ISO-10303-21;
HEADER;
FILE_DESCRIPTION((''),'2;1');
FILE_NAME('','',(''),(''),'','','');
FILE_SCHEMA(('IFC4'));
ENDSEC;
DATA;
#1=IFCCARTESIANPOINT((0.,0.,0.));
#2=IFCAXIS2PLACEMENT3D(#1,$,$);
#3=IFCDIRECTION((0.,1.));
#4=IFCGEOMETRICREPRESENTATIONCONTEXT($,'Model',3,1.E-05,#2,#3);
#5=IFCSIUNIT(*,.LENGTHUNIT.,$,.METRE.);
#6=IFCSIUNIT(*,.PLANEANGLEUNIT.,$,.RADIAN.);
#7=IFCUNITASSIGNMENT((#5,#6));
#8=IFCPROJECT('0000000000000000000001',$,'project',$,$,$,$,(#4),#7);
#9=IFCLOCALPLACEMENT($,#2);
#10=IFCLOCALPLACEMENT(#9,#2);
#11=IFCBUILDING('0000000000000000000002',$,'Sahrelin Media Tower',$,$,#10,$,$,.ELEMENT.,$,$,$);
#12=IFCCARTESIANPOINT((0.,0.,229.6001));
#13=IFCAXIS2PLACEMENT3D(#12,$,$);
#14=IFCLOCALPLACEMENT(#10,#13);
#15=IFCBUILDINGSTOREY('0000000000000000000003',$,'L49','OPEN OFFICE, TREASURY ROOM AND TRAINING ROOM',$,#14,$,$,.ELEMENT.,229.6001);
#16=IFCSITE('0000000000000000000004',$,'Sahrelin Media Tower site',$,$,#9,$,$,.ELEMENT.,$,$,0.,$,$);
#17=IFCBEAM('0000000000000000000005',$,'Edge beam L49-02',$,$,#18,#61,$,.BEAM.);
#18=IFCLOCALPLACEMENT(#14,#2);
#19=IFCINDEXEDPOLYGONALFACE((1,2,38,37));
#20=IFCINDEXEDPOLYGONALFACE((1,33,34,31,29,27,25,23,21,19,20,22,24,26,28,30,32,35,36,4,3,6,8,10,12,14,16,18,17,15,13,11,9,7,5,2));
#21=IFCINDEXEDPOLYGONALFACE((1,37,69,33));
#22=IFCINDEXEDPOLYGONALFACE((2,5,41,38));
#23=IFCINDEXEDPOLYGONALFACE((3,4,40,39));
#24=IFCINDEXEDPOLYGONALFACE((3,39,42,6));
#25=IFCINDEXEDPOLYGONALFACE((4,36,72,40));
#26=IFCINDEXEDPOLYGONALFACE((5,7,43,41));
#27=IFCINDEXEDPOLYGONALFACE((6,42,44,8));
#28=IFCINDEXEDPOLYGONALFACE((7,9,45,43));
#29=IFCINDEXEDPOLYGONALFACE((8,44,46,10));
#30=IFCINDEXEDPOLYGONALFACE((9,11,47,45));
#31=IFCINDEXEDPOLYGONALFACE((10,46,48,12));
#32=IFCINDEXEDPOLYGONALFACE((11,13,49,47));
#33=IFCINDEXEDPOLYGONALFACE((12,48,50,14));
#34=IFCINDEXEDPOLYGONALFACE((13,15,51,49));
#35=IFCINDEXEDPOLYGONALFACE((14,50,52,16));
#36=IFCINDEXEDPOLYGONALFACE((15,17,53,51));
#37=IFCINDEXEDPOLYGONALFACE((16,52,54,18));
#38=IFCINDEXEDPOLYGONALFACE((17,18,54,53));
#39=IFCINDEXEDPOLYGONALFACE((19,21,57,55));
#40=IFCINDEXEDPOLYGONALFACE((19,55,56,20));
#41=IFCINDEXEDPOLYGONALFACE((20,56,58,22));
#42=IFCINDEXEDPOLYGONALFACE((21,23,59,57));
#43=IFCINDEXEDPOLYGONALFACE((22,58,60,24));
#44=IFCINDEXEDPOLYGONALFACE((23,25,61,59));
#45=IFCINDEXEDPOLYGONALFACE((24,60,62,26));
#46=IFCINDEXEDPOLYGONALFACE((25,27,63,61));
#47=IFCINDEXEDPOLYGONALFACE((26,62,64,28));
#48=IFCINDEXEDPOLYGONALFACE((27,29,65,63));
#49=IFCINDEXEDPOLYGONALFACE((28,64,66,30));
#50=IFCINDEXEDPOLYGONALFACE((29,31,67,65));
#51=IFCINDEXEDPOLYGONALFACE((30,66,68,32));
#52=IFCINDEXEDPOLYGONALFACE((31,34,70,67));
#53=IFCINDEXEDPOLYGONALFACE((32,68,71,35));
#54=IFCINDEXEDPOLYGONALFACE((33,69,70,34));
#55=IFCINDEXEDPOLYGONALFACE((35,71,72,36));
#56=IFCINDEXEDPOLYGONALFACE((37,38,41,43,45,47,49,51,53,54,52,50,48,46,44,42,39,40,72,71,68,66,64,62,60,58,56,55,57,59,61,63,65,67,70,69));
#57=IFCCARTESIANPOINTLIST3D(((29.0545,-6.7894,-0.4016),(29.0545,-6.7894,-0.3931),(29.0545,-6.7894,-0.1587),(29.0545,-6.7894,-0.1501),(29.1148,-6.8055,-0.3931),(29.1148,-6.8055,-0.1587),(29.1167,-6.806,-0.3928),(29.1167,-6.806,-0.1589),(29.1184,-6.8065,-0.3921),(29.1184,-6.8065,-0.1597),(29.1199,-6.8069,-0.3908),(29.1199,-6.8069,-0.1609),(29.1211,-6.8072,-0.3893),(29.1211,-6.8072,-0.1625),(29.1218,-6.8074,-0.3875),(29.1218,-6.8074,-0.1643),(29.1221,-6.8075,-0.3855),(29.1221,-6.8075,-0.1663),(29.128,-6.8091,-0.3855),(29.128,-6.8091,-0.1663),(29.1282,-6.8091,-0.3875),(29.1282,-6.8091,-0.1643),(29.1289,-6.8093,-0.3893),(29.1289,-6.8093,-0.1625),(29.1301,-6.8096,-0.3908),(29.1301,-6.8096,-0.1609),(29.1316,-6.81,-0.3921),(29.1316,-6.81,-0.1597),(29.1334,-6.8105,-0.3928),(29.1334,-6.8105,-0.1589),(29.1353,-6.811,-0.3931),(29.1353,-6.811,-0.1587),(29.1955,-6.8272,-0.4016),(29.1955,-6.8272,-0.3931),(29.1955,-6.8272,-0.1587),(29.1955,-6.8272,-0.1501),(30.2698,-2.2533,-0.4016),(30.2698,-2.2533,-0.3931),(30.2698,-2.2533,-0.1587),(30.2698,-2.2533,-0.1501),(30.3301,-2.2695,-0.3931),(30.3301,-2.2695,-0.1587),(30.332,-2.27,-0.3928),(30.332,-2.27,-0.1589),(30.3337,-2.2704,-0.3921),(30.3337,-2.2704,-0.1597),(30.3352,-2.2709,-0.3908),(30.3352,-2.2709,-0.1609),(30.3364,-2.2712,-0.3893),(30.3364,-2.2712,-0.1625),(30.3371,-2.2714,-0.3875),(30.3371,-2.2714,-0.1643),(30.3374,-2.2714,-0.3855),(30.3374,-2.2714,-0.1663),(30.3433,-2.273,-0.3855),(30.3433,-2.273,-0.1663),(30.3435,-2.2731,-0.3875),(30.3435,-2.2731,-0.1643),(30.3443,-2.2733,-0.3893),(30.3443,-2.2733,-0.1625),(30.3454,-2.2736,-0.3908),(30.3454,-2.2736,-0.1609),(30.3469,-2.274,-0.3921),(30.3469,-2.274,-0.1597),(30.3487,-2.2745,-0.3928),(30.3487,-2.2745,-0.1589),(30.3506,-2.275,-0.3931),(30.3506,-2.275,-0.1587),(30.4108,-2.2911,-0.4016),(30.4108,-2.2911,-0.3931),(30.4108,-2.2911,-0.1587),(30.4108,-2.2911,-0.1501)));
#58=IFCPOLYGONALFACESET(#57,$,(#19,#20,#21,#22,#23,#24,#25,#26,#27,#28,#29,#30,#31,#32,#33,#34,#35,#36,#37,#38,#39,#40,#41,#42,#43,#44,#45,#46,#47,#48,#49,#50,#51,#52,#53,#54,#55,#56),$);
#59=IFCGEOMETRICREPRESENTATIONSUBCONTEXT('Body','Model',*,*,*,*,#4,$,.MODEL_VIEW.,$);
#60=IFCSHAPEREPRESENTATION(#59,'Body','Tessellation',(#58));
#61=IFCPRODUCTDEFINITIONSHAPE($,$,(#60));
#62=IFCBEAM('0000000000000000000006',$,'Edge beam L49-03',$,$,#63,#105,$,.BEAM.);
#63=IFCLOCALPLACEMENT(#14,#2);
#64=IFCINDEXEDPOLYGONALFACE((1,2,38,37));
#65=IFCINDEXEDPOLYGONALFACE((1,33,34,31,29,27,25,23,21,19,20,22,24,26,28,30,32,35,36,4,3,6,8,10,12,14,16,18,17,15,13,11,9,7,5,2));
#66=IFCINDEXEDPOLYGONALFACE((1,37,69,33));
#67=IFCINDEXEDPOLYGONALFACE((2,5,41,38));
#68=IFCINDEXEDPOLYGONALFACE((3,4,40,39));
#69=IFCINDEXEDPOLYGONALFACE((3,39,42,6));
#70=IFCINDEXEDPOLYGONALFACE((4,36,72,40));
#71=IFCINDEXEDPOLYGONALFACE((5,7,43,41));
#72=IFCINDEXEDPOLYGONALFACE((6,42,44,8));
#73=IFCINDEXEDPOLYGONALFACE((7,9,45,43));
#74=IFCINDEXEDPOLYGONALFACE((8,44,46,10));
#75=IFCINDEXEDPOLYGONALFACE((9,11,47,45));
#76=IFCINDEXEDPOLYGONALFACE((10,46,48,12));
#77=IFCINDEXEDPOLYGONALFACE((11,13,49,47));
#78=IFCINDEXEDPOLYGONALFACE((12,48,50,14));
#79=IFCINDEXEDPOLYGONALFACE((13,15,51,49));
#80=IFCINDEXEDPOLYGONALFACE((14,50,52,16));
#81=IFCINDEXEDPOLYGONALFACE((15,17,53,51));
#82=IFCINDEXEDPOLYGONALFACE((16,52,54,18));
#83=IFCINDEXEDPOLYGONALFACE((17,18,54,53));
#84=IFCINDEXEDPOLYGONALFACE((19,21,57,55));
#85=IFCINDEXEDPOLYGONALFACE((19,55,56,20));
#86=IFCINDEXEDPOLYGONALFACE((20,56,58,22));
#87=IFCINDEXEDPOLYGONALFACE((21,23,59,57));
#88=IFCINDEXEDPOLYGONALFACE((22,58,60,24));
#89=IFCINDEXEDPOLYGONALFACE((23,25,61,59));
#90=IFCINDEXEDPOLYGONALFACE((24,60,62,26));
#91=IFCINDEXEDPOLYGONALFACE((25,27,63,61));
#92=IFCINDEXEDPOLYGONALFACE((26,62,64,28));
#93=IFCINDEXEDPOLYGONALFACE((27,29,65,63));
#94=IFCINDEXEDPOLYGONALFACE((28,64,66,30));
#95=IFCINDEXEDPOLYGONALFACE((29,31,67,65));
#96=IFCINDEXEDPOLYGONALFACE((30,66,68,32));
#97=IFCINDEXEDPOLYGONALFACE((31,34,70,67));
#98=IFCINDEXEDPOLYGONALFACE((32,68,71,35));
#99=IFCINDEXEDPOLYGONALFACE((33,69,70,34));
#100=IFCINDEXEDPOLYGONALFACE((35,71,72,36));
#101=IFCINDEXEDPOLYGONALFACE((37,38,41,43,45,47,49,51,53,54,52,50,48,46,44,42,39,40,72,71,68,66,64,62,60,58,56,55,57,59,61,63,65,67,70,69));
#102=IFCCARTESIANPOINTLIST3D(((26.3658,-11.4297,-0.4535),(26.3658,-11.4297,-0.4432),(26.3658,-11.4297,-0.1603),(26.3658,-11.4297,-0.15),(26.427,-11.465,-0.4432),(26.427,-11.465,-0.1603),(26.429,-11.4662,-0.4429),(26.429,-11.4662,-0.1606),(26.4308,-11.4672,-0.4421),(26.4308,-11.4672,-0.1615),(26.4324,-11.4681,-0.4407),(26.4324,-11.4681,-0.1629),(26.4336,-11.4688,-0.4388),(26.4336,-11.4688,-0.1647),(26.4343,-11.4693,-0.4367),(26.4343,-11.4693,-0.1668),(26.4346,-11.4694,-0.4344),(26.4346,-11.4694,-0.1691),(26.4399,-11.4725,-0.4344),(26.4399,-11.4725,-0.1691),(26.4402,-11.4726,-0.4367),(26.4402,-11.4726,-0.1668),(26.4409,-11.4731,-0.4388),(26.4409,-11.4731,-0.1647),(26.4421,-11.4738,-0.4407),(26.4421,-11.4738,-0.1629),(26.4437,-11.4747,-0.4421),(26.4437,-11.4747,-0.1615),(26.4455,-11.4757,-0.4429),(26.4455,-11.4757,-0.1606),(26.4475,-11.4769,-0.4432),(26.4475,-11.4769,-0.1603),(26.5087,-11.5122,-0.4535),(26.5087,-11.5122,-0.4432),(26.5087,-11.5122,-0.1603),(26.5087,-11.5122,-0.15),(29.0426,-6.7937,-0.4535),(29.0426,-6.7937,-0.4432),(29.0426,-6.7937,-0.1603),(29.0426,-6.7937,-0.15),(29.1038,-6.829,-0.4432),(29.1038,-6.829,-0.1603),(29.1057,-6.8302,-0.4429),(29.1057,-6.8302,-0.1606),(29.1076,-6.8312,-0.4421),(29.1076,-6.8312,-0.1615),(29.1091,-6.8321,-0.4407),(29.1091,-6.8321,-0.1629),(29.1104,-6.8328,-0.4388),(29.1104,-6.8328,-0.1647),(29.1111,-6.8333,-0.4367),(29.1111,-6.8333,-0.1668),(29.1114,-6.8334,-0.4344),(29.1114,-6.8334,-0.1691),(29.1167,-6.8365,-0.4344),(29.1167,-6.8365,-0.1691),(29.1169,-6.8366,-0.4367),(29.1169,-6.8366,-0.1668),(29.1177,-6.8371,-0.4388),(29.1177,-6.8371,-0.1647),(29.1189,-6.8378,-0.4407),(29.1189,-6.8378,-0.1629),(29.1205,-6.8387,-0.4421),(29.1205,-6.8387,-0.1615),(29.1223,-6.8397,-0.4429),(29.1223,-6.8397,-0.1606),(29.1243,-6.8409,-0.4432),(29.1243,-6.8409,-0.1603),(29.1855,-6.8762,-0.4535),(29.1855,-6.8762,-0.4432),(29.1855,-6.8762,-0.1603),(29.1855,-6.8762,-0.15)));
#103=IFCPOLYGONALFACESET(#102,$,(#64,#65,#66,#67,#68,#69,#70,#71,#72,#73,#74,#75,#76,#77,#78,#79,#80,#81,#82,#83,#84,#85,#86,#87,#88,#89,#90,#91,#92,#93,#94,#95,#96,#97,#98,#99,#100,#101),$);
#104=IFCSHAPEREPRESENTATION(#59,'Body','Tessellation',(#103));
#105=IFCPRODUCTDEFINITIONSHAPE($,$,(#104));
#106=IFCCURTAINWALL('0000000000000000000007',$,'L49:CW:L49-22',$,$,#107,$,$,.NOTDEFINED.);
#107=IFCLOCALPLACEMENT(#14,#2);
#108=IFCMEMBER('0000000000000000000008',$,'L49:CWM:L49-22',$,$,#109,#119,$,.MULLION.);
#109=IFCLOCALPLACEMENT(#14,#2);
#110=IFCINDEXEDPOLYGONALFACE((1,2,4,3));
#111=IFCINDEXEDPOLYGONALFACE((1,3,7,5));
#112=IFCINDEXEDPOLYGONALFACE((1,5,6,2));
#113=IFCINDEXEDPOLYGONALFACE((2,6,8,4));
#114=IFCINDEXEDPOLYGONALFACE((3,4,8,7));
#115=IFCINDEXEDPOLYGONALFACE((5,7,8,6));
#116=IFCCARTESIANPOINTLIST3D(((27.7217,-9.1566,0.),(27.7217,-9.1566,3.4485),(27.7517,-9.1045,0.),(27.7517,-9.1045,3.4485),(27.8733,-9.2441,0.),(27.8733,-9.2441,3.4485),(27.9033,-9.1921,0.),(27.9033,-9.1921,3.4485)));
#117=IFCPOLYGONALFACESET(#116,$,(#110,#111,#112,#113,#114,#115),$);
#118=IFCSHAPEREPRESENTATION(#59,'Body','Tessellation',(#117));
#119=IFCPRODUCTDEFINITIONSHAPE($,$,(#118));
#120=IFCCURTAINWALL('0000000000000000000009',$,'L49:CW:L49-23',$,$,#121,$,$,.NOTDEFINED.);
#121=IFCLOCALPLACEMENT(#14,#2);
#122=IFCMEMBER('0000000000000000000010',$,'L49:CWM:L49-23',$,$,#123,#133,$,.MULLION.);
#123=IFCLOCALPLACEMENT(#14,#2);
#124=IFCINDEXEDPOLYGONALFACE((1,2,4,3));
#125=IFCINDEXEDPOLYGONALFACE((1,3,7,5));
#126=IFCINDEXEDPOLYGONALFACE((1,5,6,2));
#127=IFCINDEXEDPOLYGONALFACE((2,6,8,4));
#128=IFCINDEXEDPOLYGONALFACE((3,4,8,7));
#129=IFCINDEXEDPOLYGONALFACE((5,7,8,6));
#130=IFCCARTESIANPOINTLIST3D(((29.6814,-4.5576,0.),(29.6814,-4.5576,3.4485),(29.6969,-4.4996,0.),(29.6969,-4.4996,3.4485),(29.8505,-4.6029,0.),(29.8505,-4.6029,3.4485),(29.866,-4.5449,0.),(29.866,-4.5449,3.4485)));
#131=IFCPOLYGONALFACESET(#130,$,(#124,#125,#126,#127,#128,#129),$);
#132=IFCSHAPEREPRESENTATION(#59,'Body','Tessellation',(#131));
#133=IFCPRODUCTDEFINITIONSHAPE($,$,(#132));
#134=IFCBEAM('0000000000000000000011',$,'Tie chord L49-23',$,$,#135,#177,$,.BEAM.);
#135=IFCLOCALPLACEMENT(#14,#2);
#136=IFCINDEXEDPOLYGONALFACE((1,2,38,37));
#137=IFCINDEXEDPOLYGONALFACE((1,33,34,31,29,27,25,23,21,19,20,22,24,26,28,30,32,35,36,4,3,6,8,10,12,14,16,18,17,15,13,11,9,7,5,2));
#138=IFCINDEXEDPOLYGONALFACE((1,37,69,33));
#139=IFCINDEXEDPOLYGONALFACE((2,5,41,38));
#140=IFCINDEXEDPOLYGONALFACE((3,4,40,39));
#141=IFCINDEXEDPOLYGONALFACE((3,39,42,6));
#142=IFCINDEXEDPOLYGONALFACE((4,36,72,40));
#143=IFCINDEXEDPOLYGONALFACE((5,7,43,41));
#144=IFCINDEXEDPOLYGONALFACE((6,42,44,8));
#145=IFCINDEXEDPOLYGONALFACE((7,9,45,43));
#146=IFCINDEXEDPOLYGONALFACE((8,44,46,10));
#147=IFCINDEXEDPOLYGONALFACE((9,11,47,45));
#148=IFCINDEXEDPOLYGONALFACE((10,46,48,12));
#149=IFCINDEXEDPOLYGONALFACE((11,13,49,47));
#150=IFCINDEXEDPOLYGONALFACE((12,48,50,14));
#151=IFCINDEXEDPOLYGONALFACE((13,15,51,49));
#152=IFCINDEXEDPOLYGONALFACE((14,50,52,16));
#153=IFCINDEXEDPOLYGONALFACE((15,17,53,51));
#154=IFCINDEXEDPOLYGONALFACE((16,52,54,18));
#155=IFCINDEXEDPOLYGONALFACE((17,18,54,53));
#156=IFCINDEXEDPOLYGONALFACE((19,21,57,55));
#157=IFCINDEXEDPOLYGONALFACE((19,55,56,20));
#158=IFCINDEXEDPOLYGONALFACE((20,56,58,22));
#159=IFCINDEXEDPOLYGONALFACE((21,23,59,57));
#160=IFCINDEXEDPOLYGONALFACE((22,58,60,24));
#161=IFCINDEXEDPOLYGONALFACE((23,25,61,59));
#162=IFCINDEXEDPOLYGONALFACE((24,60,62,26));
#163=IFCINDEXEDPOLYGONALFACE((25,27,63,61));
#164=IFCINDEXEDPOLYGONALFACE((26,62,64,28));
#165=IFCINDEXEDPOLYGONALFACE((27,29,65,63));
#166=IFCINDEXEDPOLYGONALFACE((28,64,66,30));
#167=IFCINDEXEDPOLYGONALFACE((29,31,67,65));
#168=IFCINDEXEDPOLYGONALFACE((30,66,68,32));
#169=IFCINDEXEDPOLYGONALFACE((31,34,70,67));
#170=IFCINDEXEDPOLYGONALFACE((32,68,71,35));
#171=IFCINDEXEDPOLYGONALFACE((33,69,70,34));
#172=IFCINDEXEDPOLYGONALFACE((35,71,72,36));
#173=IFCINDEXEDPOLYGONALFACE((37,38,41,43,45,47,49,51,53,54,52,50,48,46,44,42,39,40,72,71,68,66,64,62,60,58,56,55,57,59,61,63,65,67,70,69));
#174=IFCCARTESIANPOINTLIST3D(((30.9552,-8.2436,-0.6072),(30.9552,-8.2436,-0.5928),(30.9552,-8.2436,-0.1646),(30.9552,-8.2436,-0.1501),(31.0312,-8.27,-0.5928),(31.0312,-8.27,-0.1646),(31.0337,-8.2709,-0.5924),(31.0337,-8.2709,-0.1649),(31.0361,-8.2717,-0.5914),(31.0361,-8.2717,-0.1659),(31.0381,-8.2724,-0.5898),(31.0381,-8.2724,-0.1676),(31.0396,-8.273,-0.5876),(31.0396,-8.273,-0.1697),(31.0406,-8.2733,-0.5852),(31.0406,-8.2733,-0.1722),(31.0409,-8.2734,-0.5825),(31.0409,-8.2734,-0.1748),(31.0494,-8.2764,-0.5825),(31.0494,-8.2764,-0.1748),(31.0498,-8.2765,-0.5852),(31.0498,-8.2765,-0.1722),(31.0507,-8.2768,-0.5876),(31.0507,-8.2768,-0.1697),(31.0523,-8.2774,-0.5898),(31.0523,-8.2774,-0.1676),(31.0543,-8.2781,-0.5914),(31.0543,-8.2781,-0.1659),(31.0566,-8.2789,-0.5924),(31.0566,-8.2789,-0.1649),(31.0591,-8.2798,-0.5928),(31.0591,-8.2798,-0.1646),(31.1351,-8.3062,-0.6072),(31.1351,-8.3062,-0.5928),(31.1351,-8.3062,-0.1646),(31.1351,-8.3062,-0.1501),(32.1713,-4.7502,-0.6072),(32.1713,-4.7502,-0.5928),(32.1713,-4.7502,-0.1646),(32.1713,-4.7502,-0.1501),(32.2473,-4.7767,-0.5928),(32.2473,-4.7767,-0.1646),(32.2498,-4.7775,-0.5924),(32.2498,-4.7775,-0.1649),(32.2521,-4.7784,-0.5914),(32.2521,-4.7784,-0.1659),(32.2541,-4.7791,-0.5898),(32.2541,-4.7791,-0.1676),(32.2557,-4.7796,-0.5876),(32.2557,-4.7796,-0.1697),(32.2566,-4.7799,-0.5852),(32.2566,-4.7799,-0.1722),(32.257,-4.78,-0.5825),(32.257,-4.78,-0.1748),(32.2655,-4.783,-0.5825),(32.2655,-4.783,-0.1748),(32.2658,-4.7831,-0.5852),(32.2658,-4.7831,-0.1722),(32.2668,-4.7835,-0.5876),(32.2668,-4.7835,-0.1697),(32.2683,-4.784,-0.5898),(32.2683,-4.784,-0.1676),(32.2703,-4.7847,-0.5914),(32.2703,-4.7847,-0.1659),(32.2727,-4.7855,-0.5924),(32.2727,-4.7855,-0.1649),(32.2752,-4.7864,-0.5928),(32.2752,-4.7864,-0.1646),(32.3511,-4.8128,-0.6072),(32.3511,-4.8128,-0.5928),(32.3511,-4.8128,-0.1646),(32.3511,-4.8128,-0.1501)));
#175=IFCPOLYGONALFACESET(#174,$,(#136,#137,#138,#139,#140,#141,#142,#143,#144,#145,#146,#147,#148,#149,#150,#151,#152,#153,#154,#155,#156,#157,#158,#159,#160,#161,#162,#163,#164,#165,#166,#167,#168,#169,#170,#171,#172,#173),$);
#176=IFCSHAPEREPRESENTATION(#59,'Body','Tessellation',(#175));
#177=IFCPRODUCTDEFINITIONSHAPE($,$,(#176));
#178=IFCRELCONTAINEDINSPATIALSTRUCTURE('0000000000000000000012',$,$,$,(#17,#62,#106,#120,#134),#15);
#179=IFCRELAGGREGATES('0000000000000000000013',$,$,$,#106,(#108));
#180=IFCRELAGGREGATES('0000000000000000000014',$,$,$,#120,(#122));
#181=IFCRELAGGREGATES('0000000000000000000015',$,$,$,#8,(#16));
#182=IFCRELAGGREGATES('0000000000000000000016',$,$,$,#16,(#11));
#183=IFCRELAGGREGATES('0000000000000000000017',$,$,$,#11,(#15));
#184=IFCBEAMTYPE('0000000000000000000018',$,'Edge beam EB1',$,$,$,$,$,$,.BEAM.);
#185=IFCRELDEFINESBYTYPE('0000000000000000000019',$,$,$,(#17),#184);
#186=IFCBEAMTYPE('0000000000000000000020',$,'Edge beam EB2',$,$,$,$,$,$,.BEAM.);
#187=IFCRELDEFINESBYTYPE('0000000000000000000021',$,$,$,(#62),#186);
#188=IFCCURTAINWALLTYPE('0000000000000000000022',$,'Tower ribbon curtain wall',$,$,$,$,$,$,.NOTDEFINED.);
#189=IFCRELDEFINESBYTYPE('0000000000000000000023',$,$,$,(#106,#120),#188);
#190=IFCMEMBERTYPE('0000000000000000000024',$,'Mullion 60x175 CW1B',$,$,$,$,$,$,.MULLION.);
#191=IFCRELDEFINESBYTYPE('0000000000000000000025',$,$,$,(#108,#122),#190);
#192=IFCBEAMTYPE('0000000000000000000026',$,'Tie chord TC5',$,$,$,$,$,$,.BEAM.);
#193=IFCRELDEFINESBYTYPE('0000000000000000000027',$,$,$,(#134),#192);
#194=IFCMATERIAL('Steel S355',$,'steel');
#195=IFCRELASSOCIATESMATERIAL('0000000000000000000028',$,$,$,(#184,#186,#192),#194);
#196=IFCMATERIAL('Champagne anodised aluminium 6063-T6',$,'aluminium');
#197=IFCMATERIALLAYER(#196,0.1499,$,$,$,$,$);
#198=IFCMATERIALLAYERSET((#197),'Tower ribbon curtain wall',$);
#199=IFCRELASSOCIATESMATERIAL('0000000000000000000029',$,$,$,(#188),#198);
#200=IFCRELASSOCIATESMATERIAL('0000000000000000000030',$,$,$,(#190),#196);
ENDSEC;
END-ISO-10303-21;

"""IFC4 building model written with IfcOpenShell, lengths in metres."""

from ifc_helpers import new_model, si_unit, direction, frame, origin, origin_2d, place, context, subcontext, project, spatial, rectangle, i_section, extrude, material, layer, layer_set, material_profile, profile_set, type_object, element, aggregate, save


model = new_model("IFC4")

# Units and contexts
model_context = context("Model", 3, precision=1e-05, world=origin(), true_north=direction((0.0, 1.0)))
body_context = subcontext(model_context, "Body", "Model", "MODEL_VIEW")
ifc_project = project(units=[si_unit("LENGTHUNIT", "METRE"), si_unit("PLANEANGLEUNIT", "RADIAN")], contexts=[model_context])

# Site, building, storey
site_placement = place(None, origin())
site = spatial("IfcSite", under=ifc_project, at=site_placement, Name="Sahrelin Media Tower site", CompositionType="ELEMENT", RefElevation=0.0)
building_placement = place(site_placement, origin())
building = spatial("IfcBuilding", under=site, at=building_placement, Name="Sahrelin Media Tower", CompositionType="ELEMENT")
storey_placement = place(building_placement, frame((0.0, 0.0, 229.6001)))
storey = spatial("IfcBuildingStorey", under=building, at=storey_placement, Name="L49", Description="OPEN OFFICE, TREASURY ROOM AND TRAINING ROOM", CompositionType="ELEMENT", Elevation=229.6001)

# Beams
ifc_material_1 = material(Name="Steel S355", Category="steel")
ifc_material_profile_1 = material_profile(ifc_material_1, i_section(OverallWidth=0.146, OverallDepth=0.2515, WebThickness=0.0061, FlangeThickness=0.0085, FilletRadius=0.0076, at=origin_2d()), Name="UB 254x146x31")
ifc_profile_set_1 = profile_set([ifc_material_profile_1], Name="Steel S355")
beam_type_1 = type_object("IfcBeamType", Name="Edge beam EB1", PredefinedType="BEAM", material=ifc_profile_set_1)
beam_1_placement = place(storey_placement, frame((30.3403, -2.2722, -0.2759), z_axis=(-0.258795, -0.965932, 0.0), x_axis=(0.965932, -0.258795, 0.0)))
element("IfcBeam", 1, at=beam_1_placement, inside=storey, type_object=beam_type_1, Name="Edge beam L49-02", PredefinedType="BEAM", context=body_context, shape_type="SweptSolid", body=[
    extrude(i_section(OverallWidth=0.146, OverallDepth=0.2515, WebThickness=0.0061, FlangeThickness=0.0085, FilletRadius=0.0076, at=origin_2d()), origin(), (0.0, 0.0, 1.0), 4.696),
])
ifc_material_profile_2 = material_profile(ifc_material_1, i_section(OverallWidth=0.165, OverallDepth=0.3035, WebThickness=0.0061, FlangeThickness=0.0103, FilletRadius=0.0088, at=origin_2d()), Name="UB 305x165x40")
ifc_profile_set_2 = profile_set([ifc_material_profile_2], Name="Steel S355")
beam_type_2 = type_object("IfcBeamType", Name="Edge beam EB2", PredefinedType="BEAM", material=ifc_profile_set_2)
beam_2_placement = place(storey_placement, frame((29.114, -6.835, -0.3018), z_axis=(-0.500024, -0.866012, 0.0), x_axis=(0.866012, -0.500024, 0.0)))
element("IfcBeam", 2, at=beam_2_placement, inside=storey, type_object=beam_type_2, Name="Edge beam L49-03", PredefinedType="BEAM", context=body_context, shape_type="SweptSolid", body=[
    extrude(i_section(OverallWidth=0.165, OverallDepth=0.3035, WebThickness=0.0061, FlangeThickness=0.0103, FilletRadius=0.0088, at=origin_2d()), origin(), (0.0, 0.0, 1.0), 5.3533),
])

# Curtain walls, members
ifc_material_2 = material(Name="Champagne anodised aluminium 6063-T6", Category="aluminium")
ifc_layer_1 = layer(ifc_material_2, 0.1499)
ifc_layer_set_1 = layer_set([ifc_layer_1], Name="Tower ribbon curtain wall")
curtain_wall_type = type_object("IfcCurtainWallType", Name="Tower ribbon curtain wall", PredefinedType="NOTDEFINED", material=ifc_layer_set_1)
curtain_wall_1_placement = place(storey_placement, frame((27.9055, -9.2278, 0.0), z_axis=(0.0, 0.0, 1.0), x_axis=(1.0, 0.0, 0.0)))
curtain_wall_1 = element("IfcCurtainWall", 3, at=curtain_wall_1_placement, inside=storey, type_object=curtain_wall_type, Name="L49:CW:L49-22", PredefinedType="NOTDEFINED")
ifc_material_profile_3 = material_profile(ifc_material_2, rectangle(XDim=0.0601, YDim=0.175, at=origin_2d()), Name="Mullion 60x175")
ifc_profile_set_3 = profile_set([ifc_material_profile_3], Name="Champagne anodised aluminium 6063-T6")
member_type_1 = type_object("IfcMemberType", Name="Mullion 60x175 CW1B", PredefinedType="MULLION", material=ifc_profile_set_3)
member_1_placement = place(storey_placement, frame((27.8125, -9.1743, 0.0), z_axis=(0.0, 0.0, 1.0), x_axis=(0.499995, 0.866028, 0.0)))
member_1 = element("IfcMember", 4, at=member_1_placement, type_object=member_type_1, Name="L49:CWM:L49-22", PredefinedType="MULLION", context=body_context, shape_type="SweptSolid", body=[
    extrude(rectangle(XDim=0.0601, YDim=0.175, at=origin_2d()), origin(), (0.0, 0.0, 1.0), 3.4485),
])
curtain_wall_2_placement = place(storey_placement, frame((29.8774, -4.5791, 0.0), z_axis=(0.0, 0.0, 1.0), x_axis=(1.0, 0.0, 0.0)))
curtain_wall_2 = element("IfcCurtainWall", 5, at=curtain_wall_2_placement, inside=storey, type_object=curtain_wall_type, Name="L49:CW:L49-23", PredefinedType="NOTDEFINED")
member_2_placement = place(storey_placement, frame((29.7737, -4.5513, 0.0), z_axis=(0.0, 0.0, 1.0), x_axis=(0.258817, 0.965926, 0.0)))
member_2 = element("IfcMember", 6, at=member_2_placement, type_object=member_type_1, Name="L49:CWM:L49-23", PredefinedType="MULLION", context=body_context, shape_type="SweptSolid", body=[
    extrude(rectangle(XDim=0.0601, YDim=0.175, at=origin_2d()), origin(), (0.0, 0.0, 1.0), 3.4485),
])

# Beam
ifc_material_profile_4 = material_profile(ifc_material_1, i_section(OverallWidth=0.1904, OverallDepth=0.457, WebThickness=0.009, FlangeThickness=0.0144, FilletRadius=0.0103, at=origin_2d()), Name="UB 457x191x74")
ifc_profile_set_4 = profile_set([ifc_material_profile_4], Name="Steel S355")
beam_type_3 = type_object("IfcBeamType", Name="Tie chord TC5", PredefinedType="BEAM", material=ifc_profile_set_4)
beam_3_placement = place(storey_placement, frame((31.0452, -8.2749, -0.3787), z_axis=(0.328754, 0.944416, 0.0), x_axis=(-0.944416, 0.328754, 0.0)))
element("IfcBeam", 7, at=beam_3_placement, inside=storey, type_object=beam_type_3, Name="Tie chord L49-23", PredefinedType="BEAM", context=body_context, shape_type="SweptSolid", body=[
    extrude(i_section(OverallWidth=0.1904, OverallDepth=0.457, WebThickness=0.009, FlangeThickness=0.0144, FilletRadius=0.0103, at=origin_2d()), origin(), (0.0, 0.0, 1.0), 3.699),
])

aggregate(curtain_wall_1, [member_1])

aggregate(curtain_wall_2, [member_2])

save(model, "model.ifc")
